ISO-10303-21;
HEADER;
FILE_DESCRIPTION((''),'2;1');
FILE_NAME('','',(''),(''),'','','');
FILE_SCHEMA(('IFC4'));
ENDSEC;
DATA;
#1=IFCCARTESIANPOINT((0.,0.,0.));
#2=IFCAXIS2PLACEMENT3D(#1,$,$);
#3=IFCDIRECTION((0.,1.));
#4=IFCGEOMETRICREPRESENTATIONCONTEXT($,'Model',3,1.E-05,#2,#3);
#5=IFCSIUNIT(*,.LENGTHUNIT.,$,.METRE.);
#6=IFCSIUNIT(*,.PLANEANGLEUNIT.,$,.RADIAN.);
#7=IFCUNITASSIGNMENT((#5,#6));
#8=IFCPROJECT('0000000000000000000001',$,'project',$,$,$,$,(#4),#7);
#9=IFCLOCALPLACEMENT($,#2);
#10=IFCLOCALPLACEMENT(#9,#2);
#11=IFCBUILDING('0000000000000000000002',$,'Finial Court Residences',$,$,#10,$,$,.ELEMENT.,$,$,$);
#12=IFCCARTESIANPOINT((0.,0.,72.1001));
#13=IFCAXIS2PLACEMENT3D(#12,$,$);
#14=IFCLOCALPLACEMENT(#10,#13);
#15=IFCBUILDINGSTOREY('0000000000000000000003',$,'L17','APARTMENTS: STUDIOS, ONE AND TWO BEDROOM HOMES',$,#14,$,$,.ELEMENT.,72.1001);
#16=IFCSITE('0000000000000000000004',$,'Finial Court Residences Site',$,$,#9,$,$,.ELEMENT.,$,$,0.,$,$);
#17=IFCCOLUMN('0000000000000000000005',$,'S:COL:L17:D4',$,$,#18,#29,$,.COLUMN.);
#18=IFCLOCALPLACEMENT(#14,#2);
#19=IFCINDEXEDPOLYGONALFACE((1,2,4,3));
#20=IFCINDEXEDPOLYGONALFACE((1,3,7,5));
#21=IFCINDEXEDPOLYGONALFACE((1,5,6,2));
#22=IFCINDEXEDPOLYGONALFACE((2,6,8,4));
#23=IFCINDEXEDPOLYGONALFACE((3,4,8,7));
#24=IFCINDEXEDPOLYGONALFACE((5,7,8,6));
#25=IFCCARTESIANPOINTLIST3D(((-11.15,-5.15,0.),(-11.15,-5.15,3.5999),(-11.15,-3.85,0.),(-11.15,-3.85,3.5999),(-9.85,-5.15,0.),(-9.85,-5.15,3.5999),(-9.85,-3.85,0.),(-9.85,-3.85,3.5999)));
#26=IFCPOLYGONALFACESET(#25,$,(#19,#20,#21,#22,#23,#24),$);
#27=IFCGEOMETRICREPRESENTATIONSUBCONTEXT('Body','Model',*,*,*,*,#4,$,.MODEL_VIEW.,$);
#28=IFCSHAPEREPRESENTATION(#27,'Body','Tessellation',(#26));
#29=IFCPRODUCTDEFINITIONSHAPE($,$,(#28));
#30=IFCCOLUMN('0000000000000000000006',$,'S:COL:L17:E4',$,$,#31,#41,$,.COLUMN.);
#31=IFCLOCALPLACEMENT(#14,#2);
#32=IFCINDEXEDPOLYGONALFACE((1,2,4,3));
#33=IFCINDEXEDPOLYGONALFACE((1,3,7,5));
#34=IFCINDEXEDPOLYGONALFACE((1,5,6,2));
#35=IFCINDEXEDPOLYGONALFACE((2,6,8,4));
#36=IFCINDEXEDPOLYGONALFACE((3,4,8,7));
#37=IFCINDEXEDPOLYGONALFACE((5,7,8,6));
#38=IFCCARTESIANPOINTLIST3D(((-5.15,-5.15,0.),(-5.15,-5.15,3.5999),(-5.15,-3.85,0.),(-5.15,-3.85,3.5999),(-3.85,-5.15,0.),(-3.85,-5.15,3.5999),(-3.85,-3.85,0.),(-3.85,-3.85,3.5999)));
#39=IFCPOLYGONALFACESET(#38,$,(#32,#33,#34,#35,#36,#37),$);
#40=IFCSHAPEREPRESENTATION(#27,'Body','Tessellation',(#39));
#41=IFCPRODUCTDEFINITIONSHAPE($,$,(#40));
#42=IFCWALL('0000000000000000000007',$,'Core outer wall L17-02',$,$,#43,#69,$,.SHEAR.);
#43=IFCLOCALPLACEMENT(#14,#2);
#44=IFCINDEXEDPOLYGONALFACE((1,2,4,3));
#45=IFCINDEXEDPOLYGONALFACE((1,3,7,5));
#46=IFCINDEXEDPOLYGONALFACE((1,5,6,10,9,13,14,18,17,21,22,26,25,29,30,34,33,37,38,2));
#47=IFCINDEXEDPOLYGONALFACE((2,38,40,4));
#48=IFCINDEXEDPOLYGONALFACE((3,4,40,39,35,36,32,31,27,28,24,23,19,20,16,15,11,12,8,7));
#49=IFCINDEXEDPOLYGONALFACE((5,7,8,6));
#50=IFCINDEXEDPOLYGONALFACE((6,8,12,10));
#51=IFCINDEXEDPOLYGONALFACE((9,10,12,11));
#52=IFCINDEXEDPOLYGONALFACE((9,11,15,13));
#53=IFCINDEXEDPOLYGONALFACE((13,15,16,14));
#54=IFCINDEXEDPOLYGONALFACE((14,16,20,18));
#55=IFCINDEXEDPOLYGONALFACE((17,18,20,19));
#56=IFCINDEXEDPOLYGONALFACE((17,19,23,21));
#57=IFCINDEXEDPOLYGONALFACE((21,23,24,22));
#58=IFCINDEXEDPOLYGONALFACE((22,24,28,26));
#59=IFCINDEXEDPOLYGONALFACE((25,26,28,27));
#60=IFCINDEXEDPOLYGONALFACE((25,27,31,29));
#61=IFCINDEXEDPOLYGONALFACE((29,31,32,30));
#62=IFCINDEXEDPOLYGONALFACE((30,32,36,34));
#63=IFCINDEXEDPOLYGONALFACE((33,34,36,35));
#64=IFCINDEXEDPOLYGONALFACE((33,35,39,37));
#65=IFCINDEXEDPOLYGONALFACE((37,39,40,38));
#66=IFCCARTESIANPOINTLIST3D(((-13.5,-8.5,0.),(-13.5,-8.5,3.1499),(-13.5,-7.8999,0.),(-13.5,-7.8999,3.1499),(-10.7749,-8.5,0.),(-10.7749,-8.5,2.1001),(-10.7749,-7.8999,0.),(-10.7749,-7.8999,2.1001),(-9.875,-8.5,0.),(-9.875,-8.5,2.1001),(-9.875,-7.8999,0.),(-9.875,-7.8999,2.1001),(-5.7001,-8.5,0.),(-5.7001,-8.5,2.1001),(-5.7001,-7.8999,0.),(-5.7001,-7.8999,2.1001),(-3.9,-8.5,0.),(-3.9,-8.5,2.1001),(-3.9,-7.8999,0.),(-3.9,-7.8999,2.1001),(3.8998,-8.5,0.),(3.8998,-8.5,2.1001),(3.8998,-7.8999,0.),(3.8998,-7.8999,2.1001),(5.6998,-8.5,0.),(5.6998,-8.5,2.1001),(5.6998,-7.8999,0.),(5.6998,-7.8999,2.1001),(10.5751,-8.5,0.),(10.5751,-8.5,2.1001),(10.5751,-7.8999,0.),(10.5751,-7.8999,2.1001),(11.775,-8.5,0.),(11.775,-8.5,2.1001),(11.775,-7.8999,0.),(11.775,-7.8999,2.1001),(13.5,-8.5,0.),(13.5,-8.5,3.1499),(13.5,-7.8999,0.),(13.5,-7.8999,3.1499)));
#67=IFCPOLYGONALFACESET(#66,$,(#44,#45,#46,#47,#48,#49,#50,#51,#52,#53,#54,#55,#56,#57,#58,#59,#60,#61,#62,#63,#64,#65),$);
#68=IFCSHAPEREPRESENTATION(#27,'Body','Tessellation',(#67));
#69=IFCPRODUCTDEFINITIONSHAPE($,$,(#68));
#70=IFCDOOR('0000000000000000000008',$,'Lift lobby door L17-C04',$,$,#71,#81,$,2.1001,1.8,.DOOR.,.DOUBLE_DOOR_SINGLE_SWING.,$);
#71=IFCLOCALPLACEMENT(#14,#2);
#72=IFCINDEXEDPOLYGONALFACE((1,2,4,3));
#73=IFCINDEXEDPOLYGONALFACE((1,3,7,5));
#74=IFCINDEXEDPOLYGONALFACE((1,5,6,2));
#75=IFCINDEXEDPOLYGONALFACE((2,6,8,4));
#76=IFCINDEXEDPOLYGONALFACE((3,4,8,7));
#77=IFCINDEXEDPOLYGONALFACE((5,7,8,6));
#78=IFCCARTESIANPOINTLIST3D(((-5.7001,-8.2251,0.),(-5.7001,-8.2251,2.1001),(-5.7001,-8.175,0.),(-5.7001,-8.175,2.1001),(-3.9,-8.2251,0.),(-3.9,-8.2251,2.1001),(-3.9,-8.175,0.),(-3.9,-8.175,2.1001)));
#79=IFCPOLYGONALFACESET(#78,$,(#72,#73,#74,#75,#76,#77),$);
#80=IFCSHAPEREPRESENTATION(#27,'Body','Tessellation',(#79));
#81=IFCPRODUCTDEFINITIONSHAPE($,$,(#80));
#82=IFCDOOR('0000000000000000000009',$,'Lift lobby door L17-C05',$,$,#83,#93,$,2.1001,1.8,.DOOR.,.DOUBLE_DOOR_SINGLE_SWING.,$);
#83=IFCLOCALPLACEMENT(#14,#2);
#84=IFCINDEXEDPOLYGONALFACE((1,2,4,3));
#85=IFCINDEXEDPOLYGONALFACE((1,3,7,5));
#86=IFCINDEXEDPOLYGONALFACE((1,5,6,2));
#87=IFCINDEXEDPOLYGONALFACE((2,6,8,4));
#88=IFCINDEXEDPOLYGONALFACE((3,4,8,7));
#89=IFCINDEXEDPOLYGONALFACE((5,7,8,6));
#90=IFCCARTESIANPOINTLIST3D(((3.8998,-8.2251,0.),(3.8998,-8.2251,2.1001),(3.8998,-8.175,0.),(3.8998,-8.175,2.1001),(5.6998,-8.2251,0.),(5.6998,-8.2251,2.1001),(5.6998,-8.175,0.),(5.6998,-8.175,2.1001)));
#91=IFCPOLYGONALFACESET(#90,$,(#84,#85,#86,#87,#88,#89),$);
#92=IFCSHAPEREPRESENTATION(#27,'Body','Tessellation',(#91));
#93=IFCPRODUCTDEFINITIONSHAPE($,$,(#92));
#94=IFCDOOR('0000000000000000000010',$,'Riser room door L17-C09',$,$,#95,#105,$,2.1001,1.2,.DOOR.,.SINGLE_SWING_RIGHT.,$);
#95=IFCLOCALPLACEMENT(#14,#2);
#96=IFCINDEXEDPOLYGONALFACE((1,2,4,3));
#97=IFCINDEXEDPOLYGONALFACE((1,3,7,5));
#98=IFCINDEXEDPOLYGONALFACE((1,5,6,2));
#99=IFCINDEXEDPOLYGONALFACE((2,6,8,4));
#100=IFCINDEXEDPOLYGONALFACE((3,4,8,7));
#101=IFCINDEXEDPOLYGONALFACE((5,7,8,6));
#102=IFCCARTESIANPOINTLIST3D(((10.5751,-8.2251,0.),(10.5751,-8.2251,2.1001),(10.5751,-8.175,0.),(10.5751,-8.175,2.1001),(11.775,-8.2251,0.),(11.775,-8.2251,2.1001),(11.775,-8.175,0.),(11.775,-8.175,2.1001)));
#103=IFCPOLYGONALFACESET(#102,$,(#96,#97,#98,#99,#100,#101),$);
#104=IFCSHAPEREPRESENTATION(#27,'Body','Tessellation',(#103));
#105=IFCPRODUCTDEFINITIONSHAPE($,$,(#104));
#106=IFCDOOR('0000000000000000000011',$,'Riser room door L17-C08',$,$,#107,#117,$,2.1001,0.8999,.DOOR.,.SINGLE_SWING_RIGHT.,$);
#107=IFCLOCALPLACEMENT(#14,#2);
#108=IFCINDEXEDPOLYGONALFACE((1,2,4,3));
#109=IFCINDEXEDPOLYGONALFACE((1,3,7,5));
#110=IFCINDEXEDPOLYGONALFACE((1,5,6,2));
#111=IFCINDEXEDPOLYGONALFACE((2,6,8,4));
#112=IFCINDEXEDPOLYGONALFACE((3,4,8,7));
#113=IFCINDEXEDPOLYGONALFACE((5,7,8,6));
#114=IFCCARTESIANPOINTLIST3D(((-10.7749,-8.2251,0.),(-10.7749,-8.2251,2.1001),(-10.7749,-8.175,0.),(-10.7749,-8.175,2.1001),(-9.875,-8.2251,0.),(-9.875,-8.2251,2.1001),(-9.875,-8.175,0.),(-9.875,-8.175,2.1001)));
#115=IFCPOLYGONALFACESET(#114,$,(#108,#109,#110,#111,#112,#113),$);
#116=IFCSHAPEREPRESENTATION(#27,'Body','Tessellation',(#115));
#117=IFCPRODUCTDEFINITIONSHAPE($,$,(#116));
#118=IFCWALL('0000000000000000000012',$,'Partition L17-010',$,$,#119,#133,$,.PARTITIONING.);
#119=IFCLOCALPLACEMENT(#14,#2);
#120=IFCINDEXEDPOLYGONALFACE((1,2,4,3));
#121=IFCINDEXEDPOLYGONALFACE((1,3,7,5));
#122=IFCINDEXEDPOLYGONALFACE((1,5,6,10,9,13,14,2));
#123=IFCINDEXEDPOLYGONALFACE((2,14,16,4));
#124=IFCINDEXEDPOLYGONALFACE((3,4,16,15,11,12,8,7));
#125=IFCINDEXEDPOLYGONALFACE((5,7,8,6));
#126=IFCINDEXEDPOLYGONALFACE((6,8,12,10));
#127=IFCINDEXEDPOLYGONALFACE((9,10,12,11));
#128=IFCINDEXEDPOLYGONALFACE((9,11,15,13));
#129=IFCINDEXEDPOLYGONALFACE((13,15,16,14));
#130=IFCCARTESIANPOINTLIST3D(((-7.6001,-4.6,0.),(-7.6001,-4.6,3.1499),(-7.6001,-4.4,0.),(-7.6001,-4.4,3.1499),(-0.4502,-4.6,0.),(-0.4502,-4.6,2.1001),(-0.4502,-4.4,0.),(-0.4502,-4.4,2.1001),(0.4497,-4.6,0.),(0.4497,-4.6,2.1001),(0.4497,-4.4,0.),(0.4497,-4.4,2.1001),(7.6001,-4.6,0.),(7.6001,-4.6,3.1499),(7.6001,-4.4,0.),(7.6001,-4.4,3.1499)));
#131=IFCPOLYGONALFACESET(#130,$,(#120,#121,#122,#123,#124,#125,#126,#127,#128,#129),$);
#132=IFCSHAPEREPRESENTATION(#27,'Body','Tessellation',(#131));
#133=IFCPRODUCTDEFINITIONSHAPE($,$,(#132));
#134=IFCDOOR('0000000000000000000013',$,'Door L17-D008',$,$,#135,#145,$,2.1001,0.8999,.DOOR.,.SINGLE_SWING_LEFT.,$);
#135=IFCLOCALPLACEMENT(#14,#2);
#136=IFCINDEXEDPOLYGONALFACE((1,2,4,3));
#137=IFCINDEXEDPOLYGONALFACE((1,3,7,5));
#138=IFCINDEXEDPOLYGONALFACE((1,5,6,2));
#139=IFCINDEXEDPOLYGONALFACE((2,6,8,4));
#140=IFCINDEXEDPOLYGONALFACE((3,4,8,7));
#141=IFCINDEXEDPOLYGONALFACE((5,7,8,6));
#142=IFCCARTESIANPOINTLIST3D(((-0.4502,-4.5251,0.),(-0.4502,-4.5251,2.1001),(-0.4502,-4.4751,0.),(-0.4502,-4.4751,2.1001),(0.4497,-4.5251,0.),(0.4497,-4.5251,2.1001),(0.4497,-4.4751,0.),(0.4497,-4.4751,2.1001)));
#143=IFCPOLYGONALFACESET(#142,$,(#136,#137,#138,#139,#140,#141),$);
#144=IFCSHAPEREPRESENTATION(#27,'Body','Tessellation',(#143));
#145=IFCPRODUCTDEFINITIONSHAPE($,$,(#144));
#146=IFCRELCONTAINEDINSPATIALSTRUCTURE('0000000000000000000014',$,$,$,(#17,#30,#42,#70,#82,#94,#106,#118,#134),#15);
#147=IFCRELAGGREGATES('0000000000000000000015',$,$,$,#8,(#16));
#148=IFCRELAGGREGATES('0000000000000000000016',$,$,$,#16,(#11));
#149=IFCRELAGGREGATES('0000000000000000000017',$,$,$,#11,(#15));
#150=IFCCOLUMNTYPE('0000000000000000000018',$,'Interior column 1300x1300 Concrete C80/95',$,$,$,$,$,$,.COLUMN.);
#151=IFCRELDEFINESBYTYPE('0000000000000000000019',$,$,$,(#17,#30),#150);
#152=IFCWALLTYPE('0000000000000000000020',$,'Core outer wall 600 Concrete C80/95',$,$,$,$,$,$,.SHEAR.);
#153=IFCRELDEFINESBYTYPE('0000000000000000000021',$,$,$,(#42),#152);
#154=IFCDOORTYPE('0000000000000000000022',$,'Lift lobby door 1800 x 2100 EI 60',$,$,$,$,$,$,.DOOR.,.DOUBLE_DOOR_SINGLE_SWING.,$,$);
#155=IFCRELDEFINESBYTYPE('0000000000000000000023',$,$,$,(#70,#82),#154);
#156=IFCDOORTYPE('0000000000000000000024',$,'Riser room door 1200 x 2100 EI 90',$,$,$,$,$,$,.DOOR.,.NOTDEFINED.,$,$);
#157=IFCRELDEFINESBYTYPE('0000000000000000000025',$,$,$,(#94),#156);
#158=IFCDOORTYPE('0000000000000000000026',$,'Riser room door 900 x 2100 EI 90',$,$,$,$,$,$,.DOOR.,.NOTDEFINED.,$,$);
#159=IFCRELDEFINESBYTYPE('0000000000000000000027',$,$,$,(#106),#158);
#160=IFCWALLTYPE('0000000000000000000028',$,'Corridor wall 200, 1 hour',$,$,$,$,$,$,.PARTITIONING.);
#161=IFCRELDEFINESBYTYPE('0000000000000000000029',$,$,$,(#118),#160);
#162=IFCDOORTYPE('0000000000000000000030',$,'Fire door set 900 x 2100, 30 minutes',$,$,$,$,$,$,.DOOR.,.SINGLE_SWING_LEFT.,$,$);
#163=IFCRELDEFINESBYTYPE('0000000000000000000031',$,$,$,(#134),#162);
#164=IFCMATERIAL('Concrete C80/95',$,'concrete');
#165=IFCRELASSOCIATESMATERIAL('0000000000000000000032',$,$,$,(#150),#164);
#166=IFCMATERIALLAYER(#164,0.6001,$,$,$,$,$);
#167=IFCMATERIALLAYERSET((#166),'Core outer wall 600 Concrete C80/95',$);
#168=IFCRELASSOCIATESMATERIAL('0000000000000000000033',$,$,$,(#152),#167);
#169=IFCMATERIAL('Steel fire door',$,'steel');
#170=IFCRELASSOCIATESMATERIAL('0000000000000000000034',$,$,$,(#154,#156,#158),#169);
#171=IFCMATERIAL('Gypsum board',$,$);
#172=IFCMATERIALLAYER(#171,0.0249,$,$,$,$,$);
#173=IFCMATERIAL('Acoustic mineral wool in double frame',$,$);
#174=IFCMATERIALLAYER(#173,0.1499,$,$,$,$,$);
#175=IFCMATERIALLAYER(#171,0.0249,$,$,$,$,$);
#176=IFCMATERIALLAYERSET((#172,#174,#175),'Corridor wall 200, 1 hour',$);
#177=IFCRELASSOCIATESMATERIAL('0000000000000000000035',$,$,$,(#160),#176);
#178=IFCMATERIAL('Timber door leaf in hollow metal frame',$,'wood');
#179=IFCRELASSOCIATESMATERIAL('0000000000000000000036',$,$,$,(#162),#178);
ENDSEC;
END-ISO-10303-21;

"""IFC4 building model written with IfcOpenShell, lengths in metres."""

from ifc_helpers import new_model, si_unit, direction, frame, frame_2d, origin, origin_2d, place, context, subcontext, project, spatial, rectangle, extrude, material, layer, layer_set, material_profile, profile_set, type_object, element, fill, save


model = new_model("IFC4")

# Units and contexts
model_context = context("Model", 3, precision=1e-05, world=origin(), true_north=direction((0.0, 1.0)))
body_context = subcontext(model_context, "Body", "Model", "MODEL_VIEW")
ifc_project = project(units=[si_unit("LENGTHUNIT", "METRE"), si_unit("PLANEANGLEUNIT", "RADIAN")], contexts=[model_context])

# Site, building, storey
site_placement = place(None, origin())
site = spatial("IfcSite", under=ifc_project, at=site_placement, Name="Finial Court Residences Site", CompositionType="ELEMENT", RefElevation=0.0)
building_placement = place(site_placement, origin())
building = spatial("IfcBuilding", under=site, at=building_placement, Name="Finial Court Residences", CompositionType="ELEMENT")
storey_placement = place(building_placement, frame((0.0, 0.0, 72.1001)))
storey = spatial("IfcBuildingStorey", under=building, at=storey_placement, Name="L17", Description="APARTMENTS: STUDIOS, ONE AND TWO BEDROOM HOMES", CompositionType="ELEMENT", Elevation=72.1001)

# Columns
ifc_material_1 = material(Name="Concrete C80/95", Category="concrete")
ifc_material_profile = material_profile(ifc_material_1, rectangle(XDim=1.3, YDim=1.3, at=origin_2d()), Name="1300x1300")
ifc_profile_set = profile_set([ifc_material_profile], Name="Concrete C80/95")
column_type = type_object("IfcColumnType", Name="Interior column 1300x1300 Concrete C80/95", PredefinedType="COLUMN", material=ifc_profile_set)
for number, where, z_axis, x_axis, name in (
    (1, (-10.5, -4.5, 0.0), (0.0, 0.0, 1.0), (1.0, 0.0, 0.0), "S:COL:L17:D4"),
    (2, (-4.5, -4.5, 0.0), (0.0, 0.0, 1.0), (1.0, 0.0, 0.0), "S:COL:L17:E4"),
):
    element("IfcColumn", number, at=place(storey_placement, frame(where, z_axis=z_axis, x_axis=x_axis)), inside=storey, type_object=column_type, Name=name, PredefinedType="COLUMN", context=body_context, shape_type="SweptSolid", body=[
        extrude(rectangle(XDim=1.3, YDim=1.3, at=origin_2d()), origin(), (0.0, 0.0, 1.0), 3.5999),
    ])

# Wall, openings, doors
ifc_layer_1 = layer(ifc_material_1, 0.6001)
ifc_layer_set_1 = layer_set([ifc_layer_1], Name="Core outer wall 600 Concrete C80/95")
wall_type_1 = type_object("IfcWallType", Name="Core outer wall 600 Concrete C80/95", PredefinedType="SHEAR", material=ifc_layer_set_1)
wall_1_placement = place(storey_placement, frame((-13.5, -8.2, 0.0), z_axis=(0.0, 0.0, 1.0), x_axis=(1.0, 0.0, 0.0)))
wall_1 = element("IfcWall", 3, at=wall_1_placement, inside=storey, type_object=wall_type_1, Name="Core outer wall L17-02", PredefinedType="SHEAR", context=body_context, shape_type="SweptSolid", body=[
    extrude(rectangle(XDim=27.0, YDim=0.6001, at=frame_2d((13.5, 0.0))), origin(), (0.0, 0.0, 1.0), 3.1499),
])
opening_1_placement = place(wall_1_placement, frame((7.8, 0.0, 0.0)))
opening_1 = element("IfcOpeningElement", 4, at=opening_1_placement, cuts=wall_1, PredefinedType="OPENING", context=body_context, shape_type="SweptSolid", body=[
    extrude(rectangle(XDim=1.8, YDim=2.1001, at=frame_2d((0.8999, 1.05))), frame((0.0, 0.3101, 0.0), z_axis=(0.0, -1.0, 0.0), x_axis=(1.0, 0.0, 0.0)), (0.0, 0.0, 1.0), 0.6201),
])
opening_2_placement = place(wall_1_placement, frame((17.3999, 0.0, 0.0)))
opening_2 = element("IfcOpeningElement", 5, at=opening_2_placement, cuts=wall_1, PredefinedType="OPENING", context=body_context, shape_type="SweptSolid", body=[
    extrude(rectangle(XDim=1.8, YDim=2.1001, at=frame_2d((0.8999, 1.05))), frame((0.0, 0.3101, 0.0), z_axis=(0.0, -1.0, 0.0), x_axis=(1.0, 0.0, 0.0)), (0.0, 0.0, 1.0), 0.6201),
])
opening_3_placement = place(wall_1_placement, frame((2.7251, 0.0, 0.0)))
opening_3 = element("IfcOpeningElement", 6, at=opening_3_placement, cuts=wall_1, PredefinedType="OPENING", context=body_context, shape_type="SweptSolid", body=[
    extrude(rectangle(XDim=0.8999, YDim=2.1001, at=frame_2d((0.45, 1.05))), frame((0.0, 0.3101, 0.0), z_axis=(0.0, -1.0, 0.0), x_axis=(1.0, 0.0, 0.0)), (0.0, 0.0, 1.0), 0.6201),
])
opening_4_placement = place(wall_1_placement, frame((24.075, 0.0, 0.0)))
opening_4 = element("IfcOpeningElement", 7, at=opening_4_placement, cuts=wall_1, PredefinedType="OPENING", context=body_context, shape_type="SweptSolid", body=[
    extrude(rectangle(XDim=1.2, YDim=2.1001, at=frame_2d((0.6001, 1.05))), frame((0.0, 0.3101, 0.0), z_axis=(0.0, -1.0, 0.0), x_axis=(1.0, 0.0, 0.0)), (0.0, 0.0, 1.0), 0.6201),
])
ifc_material_2 = material(Name="Steel fire door", Category="steel")
door_type_1 = type_object("IfcDoorType", Name="Lift lobby door 1800 x 2100 EI 60", OperationType="DOUBLE_DOOR_SINGLE_SWING", PredefinedType="DOOR", material=ifc_material_2)
door_1_placement = place(opening_1_placement, origin())
door_1 = element("IfcDoor", 8, at=door_1_placement, inside=storey, type_object=door_type_1, Name="Lift lobby door L17-C04", OperationType="DOUBLE_DOOR_SINGLE_SWING", OverallHeight=2.1001, OverallWidth=1.8, PredefinedType="DOOR", context=body_context, shape_type="SweptSolid", body=[
    extrude(rectangle(XDim=1.8, YDim=2.1001, at=frame_2d((0.8999, 1.05))), frame((0.0, 0.0249, 0.0), z_axis=(0.0, -1.0, 0.0), x_axis=(1.0, 0.0, 0.0)), (0.0, 0.0, 1.0), 0.05),
])
fill(opening_1, door_1)
door_2_placement = place(opening_2_placement, origin())
door_2 = element("IfcDoor", 9, at=door_2_placement, inside=storey, type_object=door_type_1, Name="Lift lobby door L17-C05", OperationType="DOUBLE_DOOR_SINGLE_SWING", OverallHeight=2.1001, OverallWidth=1.8, PredefinedType="DOOR", context=body_context, shape_type="SweptSolid", body=[
    extrude(rectangle(XDim=1.8, YDim=2.1001, at=frame_2d((0.8999, 1.05))), frame((0.0, 0.0249, 0.0), z_axis=(0.0, -1.0, 0.0), x_axis=(1.0, 0.0, 0.0)), (0.0, 0.0, 1.0), 0.05),
])
fill(opening_2, door_2)
door_type_2 = type_object("IfcDoorType", Name="Riser room door 1200 x 2100 EI 90", OperationType="NOTDEFINED", PredefinedType="DOOR", material=ifc_material_2)
door_3_placement = place(opening_4_placement, origin())
door_3 = element("IfcDoor", 10, at=door_3_placement, inside=storey, type_object=door_type_2, Name="Riser room door L17-C09", OperationType="SINGLE_SWING_RIGHT", OverallHeight=2.1001, OverallWidth=1.2, PredefinedType="DOOR", context=body_context, shape_type="SweptSolid", body=[
    extrude(rectangle(XDim=1.2, YDim=2.1001, at=frame_2d((0.6001, 1.05))), frame((0.0, 0.0249, 0.0), z_axis=(0.0, -1.0, 0.0), x_axis=(1.0, 0.0, 0.0)), (0.0, 0.0, 1.0), 0.05),
])
fill(opening_4, door_3)
door_type_3 = type_object("IfcDoorType", Name="Riser room door 900 x 2100 EI 90", OperationType="NOTDEFINED", PredefinedType="DOOR", material=ifc_material_2)
door_4_placement = place(opening_3_placement, origin())
door_4 = element("IfcDoor", 11, at=door_4_placement, inside=storey, type_object=door_type_3, Name="Riser room door L17-C08", OperationType="SINGLE_SWING_RIGHT", OverallHeight=2.1001, OverallWidth=0.8999, PredefinedType="DOOR", context=body_context, shape_type="SweptSolid", body=[
    extrude(rectangle(XDim=0.8999, YDim=2.1001, at=frame_2d((0.45, 1.05))), frame((0.0, 0.0249, 0.0), z_axis=(0.0, -1.0, 0.0), x_axis=(1.0, 0.0, 0.0)), (0.0, 0.0, 1.0), 0.05),
])
fill(opening_3, door_4)

# Wall, opening, door
ifc_material_3 = material(Name="Gypsum board")
ifc_layer_2 = layer(ifc_material_3, 0.0249)
ifc_material_4 = material(Name="Acoustic mineral wool in double frame")
ifc_layer_3 = layer(ifc_material_4, 0.1499)
ifc_layer_4 = layer(ifc_material_3, 0.0249)
ifc_layer_set_2 = layer_set([ifc_layer_2, ifc_layer_3, ifc_layer_4], Name="Corridor wall 200, 1 hour")
wall_type_2 = type_object("IfcWallType", Name="Corridor wall 200, 1 hour", PredefinedType="PARTITIONING", material=ifc_layer_set_2)
wall_2_placement = place(storey_placement, frame((-7.6001, -4.5, 0.0), z_axis=(0.0, 0.0, 1.0), x_axis=(1.0, 0.0, 0.0)))
wall_2 = element("IfcWall", 12, at=wall_2_placement, inside=storey, type_object=wall_type_2, Name="Partition L17-010", PredefinedType="PARTITIONING", context=body_context, shape_type="SweptSolid", body=[
    extrude(rectangle(XDim=15.2002, YDim=0.2, at=frame_2d((7.6001, 0.0))), origin(), (0.0, 0.0, 1.0), 3.1499),
])
opening_5_placement = place(wall_2_placement, frame((7.1499, 0.0, 0.0)))
opening_5 = element("IfcOpeningElement", 13, at=opening_5_placement, cuts=wall_2, PredefinedType="OPENING", context=body_context, shape_type="SweptSolid", body=[
    extrude(rectangle(XDim=0.8999, YDim=2.1001, at=frame_2d((0.45, 1.05))), frame((0.0, 0.1099, 0.0), z_axis=(0.0, -1.0, 0.0), x_axis=(1.0, 0.0, 0.0)), (0.0, 0.0, 1.0), 0.22),
])
ifc_material_5 = material(Name="Timber door leaf in hollow metal frame", Category="wood")
door_type_4 = type_object("IfcDoorType", Name="Fire door set 900 x 2100, 30 minutes", OperationType="SINGLE_SWING_LEFT", PredefinedType="DOOR", material=ifc_material_5)
door_5_placement = place(opening_5_placement, origin())
door_5 = element("IfcDoor", 14, at=door_5_placement, inside=storey, type_object=door_type_4, Name="Door L17-D008", OperationType="SINGLE_SWING_LEFT", OverallHeight=2.1001, OverallWidth=0.8999, PredefinedType="DOOR", context=body_context, shape_type="SweptSolid", body=[
    extrude(rectangle(XDim=0.8999, YDim=2.1001, at=frame_2d((0.45, 1.05))), frame((0.0, 0.0249, 0.0), z_axis=(0.0, -1.0, 0.0), x_axis=(1.0, 0.0, 0.0)), (0.0, 0.0, 1.0), 0.05),
])
fill(opening_5, door_5)

save(model, "model.ifc")
